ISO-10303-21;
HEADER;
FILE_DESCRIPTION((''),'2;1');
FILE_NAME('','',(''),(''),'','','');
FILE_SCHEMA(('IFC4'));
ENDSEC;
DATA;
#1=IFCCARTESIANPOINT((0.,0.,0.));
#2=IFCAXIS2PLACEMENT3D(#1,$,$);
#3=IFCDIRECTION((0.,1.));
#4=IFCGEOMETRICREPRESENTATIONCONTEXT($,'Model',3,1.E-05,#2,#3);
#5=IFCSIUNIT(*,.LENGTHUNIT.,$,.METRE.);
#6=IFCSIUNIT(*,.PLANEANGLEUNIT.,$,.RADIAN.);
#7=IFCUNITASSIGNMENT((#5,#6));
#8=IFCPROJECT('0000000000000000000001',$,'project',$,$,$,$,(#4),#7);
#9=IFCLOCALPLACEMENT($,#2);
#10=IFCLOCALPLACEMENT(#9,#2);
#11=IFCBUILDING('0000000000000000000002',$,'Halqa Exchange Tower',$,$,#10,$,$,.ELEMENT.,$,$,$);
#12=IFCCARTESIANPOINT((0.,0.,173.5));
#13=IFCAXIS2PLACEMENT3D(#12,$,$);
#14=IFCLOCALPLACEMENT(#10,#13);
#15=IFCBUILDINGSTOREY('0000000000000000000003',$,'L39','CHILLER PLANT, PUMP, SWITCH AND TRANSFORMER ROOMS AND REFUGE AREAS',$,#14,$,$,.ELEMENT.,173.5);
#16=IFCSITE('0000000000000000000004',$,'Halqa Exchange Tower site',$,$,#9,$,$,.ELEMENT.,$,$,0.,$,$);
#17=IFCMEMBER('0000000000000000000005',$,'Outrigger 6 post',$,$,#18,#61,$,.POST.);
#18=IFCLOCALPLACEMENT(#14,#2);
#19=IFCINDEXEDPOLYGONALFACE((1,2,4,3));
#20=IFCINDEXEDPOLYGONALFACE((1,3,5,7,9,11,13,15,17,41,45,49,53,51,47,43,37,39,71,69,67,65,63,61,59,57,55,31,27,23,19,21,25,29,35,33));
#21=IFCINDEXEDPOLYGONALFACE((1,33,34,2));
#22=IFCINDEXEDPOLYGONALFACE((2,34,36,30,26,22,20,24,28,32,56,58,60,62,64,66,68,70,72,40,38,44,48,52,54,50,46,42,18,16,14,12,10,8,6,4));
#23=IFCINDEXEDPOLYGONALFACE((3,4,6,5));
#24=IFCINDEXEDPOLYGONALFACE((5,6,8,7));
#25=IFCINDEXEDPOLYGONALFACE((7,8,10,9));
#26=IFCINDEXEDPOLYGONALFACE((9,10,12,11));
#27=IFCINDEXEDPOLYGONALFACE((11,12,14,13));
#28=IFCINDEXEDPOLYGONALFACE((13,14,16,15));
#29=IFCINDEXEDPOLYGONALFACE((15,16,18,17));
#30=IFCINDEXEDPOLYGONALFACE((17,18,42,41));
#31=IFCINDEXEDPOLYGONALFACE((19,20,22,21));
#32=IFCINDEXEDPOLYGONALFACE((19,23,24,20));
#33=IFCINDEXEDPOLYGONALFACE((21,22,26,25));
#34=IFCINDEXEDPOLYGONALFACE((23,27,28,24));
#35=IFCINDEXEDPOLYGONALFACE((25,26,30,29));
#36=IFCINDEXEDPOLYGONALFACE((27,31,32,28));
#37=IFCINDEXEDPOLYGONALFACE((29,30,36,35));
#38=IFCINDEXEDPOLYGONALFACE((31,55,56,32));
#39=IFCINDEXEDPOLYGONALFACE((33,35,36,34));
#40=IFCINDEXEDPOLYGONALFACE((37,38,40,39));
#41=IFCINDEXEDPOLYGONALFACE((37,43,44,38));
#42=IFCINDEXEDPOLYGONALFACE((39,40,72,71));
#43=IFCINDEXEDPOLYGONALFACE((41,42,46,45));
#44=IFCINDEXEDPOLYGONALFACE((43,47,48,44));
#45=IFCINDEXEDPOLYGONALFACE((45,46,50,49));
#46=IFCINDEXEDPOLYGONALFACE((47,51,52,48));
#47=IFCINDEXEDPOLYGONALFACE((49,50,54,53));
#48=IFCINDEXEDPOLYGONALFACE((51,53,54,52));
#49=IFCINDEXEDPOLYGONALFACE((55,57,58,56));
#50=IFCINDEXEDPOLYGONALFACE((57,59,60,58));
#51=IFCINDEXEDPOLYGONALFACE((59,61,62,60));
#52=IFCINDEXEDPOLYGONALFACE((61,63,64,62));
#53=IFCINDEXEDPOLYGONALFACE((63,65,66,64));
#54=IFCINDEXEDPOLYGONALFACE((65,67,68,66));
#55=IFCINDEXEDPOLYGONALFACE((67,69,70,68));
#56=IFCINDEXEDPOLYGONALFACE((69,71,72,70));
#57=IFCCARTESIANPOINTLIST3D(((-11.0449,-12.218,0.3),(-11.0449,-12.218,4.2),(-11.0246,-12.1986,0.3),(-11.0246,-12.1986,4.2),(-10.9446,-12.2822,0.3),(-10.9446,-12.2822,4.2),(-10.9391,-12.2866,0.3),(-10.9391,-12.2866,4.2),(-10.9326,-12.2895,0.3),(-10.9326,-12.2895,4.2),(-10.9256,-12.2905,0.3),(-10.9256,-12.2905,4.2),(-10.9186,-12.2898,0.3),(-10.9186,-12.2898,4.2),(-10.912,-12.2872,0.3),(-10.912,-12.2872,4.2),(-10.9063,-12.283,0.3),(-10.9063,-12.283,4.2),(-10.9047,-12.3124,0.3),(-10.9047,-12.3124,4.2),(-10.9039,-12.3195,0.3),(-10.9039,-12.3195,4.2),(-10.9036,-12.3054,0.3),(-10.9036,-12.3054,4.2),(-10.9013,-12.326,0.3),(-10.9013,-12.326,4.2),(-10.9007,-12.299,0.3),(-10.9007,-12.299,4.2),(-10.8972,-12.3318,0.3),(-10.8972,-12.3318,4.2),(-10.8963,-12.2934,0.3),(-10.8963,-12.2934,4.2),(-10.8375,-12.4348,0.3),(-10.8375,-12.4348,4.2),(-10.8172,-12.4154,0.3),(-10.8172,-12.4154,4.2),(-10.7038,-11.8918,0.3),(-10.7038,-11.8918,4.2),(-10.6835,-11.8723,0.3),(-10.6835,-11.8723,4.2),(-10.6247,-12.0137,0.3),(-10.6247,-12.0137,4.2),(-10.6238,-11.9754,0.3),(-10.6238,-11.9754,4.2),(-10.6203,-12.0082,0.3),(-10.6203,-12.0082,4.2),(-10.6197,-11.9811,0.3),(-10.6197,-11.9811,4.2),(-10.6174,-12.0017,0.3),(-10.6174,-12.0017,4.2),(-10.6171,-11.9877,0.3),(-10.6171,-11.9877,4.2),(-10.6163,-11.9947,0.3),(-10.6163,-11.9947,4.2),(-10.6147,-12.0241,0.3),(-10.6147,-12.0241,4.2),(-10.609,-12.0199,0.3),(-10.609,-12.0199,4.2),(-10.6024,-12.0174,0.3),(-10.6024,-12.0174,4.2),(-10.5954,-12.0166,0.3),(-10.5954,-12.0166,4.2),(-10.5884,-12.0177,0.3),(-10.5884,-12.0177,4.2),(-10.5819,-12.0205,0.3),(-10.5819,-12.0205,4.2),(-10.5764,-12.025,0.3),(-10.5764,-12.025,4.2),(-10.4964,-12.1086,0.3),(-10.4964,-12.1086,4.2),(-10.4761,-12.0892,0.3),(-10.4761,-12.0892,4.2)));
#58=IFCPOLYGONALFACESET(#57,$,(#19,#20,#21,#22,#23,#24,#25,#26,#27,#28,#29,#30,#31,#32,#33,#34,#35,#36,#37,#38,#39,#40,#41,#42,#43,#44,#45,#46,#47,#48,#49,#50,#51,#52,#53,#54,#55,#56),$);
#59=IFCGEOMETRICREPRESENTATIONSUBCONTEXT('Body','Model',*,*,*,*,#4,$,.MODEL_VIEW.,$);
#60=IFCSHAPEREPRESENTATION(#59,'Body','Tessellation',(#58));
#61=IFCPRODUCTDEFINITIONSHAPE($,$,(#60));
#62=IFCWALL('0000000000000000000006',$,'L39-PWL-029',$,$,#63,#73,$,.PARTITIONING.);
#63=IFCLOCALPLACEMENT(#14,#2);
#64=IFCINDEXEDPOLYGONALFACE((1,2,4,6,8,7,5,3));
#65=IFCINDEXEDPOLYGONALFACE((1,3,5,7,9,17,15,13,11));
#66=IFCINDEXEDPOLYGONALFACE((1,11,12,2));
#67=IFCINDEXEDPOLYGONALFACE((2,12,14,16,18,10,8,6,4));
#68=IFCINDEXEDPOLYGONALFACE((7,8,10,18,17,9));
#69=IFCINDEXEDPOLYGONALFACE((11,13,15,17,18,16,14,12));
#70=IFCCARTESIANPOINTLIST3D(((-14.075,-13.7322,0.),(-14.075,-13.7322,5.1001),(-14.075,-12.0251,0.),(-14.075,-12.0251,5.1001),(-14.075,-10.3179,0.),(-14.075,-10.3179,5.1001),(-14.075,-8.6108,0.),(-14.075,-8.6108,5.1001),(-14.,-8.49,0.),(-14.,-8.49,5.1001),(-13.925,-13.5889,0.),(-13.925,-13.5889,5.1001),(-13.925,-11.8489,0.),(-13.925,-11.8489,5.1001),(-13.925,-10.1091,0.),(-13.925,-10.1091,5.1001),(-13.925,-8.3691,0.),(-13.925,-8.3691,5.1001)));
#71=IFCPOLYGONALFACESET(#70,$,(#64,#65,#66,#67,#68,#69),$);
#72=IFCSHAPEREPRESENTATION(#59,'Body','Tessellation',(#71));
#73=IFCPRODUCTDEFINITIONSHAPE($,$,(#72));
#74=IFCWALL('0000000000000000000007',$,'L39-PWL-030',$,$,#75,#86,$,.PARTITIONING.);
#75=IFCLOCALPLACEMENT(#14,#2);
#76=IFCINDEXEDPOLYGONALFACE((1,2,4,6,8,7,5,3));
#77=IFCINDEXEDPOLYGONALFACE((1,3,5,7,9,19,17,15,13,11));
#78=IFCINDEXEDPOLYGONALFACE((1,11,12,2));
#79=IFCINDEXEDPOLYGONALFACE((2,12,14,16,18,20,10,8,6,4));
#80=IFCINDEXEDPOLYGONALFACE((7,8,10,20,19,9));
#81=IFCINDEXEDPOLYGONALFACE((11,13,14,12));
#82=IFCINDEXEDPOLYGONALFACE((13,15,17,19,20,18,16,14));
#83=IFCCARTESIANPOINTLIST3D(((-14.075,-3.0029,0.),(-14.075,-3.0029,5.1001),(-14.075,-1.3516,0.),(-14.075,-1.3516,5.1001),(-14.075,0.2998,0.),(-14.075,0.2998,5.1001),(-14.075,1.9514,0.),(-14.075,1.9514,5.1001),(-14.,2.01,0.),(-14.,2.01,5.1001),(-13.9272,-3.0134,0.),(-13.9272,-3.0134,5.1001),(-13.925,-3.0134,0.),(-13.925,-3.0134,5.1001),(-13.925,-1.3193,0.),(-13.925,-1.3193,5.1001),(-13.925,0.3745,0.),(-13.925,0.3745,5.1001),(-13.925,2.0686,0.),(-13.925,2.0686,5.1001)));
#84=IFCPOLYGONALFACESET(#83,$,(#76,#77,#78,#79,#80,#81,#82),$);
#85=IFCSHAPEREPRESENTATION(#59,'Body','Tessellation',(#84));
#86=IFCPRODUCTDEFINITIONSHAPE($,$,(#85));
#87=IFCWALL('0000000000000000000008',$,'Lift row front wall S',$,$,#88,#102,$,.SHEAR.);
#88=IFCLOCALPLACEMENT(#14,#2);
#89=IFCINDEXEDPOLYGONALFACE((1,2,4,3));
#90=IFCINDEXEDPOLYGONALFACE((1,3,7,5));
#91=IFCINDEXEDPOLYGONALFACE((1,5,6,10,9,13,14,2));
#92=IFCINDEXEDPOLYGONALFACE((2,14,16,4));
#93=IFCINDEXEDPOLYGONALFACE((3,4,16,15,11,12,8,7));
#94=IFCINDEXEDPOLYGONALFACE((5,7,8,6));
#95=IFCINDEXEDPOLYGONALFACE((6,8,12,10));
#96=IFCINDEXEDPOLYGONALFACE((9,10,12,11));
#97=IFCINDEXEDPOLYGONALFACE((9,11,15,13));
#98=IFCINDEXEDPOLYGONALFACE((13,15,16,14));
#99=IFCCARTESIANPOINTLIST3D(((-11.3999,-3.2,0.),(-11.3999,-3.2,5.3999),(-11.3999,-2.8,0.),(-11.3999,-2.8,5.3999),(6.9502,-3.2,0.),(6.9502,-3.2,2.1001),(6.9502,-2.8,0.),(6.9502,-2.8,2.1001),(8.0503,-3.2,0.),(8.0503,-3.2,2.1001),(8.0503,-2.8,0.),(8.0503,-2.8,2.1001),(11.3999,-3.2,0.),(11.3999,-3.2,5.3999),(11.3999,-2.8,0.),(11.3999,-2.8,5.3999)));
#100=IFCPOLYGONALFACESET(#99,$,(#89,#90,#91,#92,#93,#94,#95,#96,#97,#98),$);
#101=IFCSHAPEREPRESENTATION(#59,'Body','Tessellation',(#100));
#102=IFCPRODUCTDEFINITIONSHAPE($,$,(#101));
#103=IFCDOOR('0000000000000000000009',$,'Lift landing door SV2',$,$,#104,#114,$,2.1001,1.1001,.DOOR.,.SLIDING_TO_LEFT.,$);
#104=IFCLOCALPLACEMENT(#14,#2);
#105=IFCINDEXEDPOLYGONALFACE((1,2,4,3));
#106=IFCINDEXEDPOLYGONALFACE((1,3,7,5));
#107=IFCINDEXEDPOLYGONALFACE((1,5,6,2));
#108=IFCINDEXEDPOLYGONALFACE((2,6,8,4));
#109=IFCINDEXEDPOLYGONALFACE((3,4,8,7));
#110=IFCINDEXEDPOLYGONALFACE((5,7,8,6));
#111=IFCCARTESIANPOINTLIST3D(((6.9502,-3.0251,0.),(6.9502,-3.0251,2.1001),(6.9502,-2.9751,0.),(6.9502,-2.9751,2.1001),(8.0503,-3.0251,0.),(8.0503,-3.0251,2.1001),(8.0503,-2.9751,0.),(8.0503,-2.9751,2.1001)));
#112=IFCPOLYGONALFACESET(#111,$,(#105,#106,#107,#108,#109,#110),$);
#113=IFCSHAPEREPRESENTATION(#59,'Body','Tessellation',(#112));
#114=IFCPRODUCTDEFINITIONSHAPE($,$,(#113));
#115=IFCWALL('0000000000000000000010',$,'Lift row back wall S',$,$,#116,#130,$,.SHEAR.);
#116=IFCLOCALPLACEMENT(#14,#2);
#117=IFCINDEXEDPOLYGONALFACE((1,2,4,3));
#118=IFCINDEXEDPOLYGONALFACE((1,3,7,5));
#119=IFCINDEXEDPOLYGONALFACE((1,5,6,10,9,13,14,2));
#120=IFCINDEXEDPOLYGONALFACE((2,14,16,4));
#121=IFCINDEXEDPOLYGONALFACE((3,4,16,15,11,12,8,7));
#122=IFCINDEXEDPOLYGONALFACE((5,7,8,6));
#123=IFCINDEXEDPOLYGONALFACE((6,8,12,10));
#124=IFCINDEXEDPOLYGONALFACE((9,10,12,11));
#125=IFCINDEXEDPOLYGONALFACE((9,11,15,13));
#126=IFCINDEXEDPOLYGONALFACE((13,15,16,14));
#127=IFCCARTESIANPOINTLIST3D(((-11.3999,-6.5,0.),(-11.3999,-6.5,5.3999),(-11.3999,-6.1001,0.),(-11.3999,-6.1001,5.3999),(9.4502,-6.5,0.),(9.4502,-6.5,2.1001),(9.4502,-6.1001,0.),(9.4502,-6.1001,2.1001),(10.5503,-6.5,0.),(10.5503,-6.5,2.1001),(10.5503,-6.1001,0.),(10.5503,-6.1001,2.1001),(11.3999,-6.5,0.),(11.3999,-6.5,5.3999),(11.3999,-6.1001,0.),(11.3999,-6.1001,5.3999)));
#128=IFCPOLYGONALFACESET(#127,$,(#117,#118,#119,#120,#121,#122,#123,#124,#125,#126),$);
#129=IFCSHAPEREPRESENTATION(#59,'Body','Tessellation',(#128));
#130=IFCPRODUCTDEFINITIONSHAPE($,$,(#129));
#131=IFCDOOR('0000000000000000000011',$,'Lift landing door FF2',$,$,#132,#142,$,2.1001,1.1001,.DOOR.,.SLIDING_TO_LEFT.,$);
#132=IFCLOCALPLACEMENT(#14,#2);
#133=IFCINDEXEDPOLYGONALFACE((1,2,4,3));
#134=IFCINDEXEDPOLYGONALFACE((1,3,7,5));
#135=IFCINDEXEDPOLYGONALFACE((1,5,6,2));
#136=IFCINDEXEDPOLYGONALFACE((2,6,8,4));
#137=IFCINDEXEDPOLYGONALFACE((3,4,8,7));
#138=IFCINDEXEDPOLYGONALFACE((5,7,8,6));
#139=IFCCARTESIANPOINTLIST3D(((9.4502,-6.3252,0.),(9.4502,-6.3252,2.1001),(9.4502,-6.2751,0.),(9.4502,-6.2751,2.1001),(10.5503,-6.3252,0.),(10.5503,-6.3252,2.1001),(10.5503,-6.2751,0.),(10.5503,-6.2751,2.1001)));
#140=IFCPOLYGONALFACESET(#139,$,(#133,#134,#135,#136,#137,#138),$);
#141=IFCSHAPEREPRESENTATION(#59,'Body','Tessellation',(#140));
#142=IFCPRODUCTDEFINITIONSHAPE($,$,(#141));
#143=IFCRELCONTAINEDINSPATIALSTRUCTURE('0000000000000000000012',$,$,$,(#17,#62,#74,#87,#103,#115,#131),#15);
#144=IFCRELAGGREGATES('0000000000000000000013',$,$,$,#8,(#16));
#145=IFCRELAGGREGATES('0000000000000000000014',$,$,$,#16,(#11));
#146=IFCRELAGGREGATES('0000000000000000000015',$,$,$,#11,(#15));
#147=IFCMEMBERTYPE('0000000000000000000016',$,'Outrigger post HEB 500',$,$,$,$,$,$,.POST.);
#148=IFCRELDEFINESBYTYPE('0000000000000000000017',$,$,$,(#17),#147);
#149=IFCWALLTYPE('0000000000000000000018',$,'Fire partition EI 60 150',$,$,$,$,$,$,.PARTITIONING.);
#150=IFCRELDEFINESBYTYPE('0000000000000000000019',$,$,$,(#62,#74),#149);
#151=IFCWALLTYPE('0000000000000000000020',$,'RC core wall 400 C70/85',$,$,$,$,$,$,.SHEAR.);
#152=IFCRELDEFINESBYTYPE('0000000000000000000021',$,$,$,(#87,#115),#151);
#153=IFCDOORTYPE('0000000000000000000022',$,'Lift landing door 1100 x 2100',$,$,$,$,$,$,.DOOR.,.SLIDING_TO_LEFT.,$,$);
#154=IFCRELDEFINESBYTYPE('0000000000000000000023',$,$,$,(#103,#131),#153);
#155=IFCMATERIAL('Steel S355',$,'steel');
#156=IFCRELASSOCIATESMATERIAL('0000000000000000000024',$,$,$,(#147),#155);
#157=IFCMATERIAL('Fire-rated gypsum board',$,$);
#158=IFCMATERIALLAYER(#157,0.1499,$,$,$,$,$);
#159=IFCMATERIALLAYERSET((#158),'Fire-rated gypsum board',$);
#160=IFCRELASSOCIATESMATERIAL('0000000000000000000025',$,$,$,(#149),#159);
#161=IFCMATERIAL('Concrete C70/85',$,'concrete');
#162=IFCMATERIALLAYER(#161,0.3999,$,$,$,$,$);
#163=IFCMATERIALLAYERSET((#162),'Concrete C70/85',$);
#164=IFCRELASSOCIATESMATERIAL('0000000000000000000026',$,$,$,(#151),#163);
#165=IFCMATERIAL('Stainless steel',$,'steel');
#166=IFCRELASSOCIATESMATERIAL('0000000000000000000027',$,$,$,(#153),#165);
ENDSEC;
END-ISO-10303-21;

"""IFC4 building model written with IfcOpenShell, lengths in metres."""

from ifc_helpers import new_model, si_unit, direction, frame, frame_2d, origin, origin_2d, place, context, subcontext, project, spatial, polyline, rectangle, i_section, outline, extrude, material, layer, layer_set, material_profile, profile_set, type_object, element, fill, save


model = new_model("IFC4")

# Units and contexts
model_context = context("Model", 3, precision=1e-05, world=origin(), true_north=direction((0.0, 1.0)))
body_context = subcontext(model_context, "Body", "Model", "MODEL_VIEW")
ifc_project = project(units=[si_unit("LENGTHUNIT", "METRE"), si_unit("PLANEANGLEUNIT", "RADIAN")], contexts=[model_context])

# Site, building, storey
site_placement = place(None, origin())
site = spatial("IfcSite", under=ifc_project, at=site_placement, Name="Halqa Exchange Tower site", CompositionType="ELEMENT", RefElevation=0.0)
building_placement = place(site_placement, origin())
building = spatial("IfcBuilding", under=site, at=building_placement, Name="Halqa Exchange Tower", CompositionType="ELEMENT")
storey_placement = place(building_placement, frame((0.0, 0.0, 173.5)))
storey = spatial("IfcBuildingStorey", under=building, at=storey_placement, Name="L39", Description="CHILLER PLANT, PUMP, SWITCH AND TRANSFORMER ROOMS AND REFUGE AREAS", CompositionType="ELEMENT", Elevation=173.5)

# Shared definitions
ifc_material_1 = material(Name="Steel S355", Category="steel")

# Member
ifc_material_profile_1 = material_profile(ifc_material_1, i_section(OverallWidth=0.3, OverallDepth=0.5, WebThickness=0.0144, FlangeThickness=0.0281, FilletRadius=0.0271, at=origin_2d()), Name="HEB 500")
ifc_profile_set_1 = profile_set([ifc_material_profile_1], Name="Steel S355")
member_type_1 = type_object("IfcMemberType", Name="Outrigger post HEB 500", PredefinedType="POST", material=ifc_profile_set_1)
member_1_placement = place(storey_placement, frame((-10.7605, -12.1536, 0.3), z_axis=(0.0, 0.0, 1.0), x_axis=(0.691236, -0.722629, 0.0)))
element("IfcMember", 1, at=member_1_placement, inside=storey, type_object=member_type_1, Name="Outrigger 6 post", PredefinedType="POST", context=body_context, shape_type="SweptSolid", body=[
    extrude(i_section(OverallWidth=0.3, OverallDepth=0.5, WebThickness=0.0144, FlangeThickness=0.0281, FilletRadius=0.0271, at=origin_2d()), origin(), (0.0, 0.0, 1.0), 3.8999),
])

# Walls
ifc_material_2 = material(Name="Fire-rated gypsum board")
ifc_layer_1 = layer(ifc_material_2, 0.1499)
ifc_layer_set_1 = layer_set([ifc_layer_1], Name="Fire-rated gypsum board")
wall_type_1 = type_object("IfcWallType", Name="Fire partition EI 60 150", PredefinedType="PARTITIONING", material=ifc_layer_set_1)
wall_1_placement = place(storey_placement, frame((-14.0, -13.7324, 0.0), z_axis=(0.0, 0.0, 1.0), x_axis=(0.0, 1.0, 0.0)))
element("IfcWall", 2, at=wall_1_placement, inside=storey, type_object=wall_type_1, Name="L39-PWL-029", PredefinedType="PARTITIONING", context=body_context, shape_type="SweptSolid", body=[
    extrude(outline(polyline([(0.1436, -0.075), (1.8835, -0.075), (3.6233, -0.075), (5.3633, -0.075), (5.2424, 0.0), (5.1216, 0.075), (3.4146, 0.075), (1.7073, 0.075), (0.0002, 0.075), (0.1436, -0.075)])), origin(), (0.0, 0.0, 1.0), 5.1001),
])
wall_2_placement = place(storey_placement, frame((-14.0, -3.0134, 0.0), z_axis=(0.0, 0.0, 1.0), x_axis=(0.0, 1.0, 0.0)))
element("IfcWall", 3, at=wall_2_placement, inside=storey, type_object=wall_type_1, Name="L39-PWL-030", PredefinedType="PARTITIONING", context=body_context, shape_type="SweptSolid", body=[
    extrude(outline(polyline([(5.082, -0.075), (5.082, -0.075), (5.0234, 0.0), (4.9648, 0.075), (3.3132, 0.075), (1.6619, 0.075), (0.0105, 0.075), (0.0, -0.0728), (0.0, -0.075), (1.6941, -0.075), (3.3879, -0.075), (5.082, -0.075)])), origin(), (0.0, 0.0, 1.0), 5.1001),
])

# Walls, openings, doors
ifc_material_3 = material(Name="Concrete C70/85", Category="concrete")
ifc_layer_2 = layer(ifc_material_3, 0.3999)
ifc_layer_set_2 = layer_set([ifc_layer_2], Name="Concrete C70/85")
wall_type_2 = type_object("IfcWallType", Name="RC core wall 400 C70/85", PredefinedType="SHEAR", material=ifc_layer_set_2)
wall_3_placement = place(storey_placement, frame((-11.3999, -3.0, 0.0), z_axis=(0.0, 0.0, 1.0), x_axis=(1.0, 0.0, 0.0)))
wall_3 = element("IfcWall", 4, at=wall_3_placement, inside=storey, type_object=wall_type_2, Name="Lift row front wall S", PredefinedType="SHEAR", context=body_context, shape_type="SweptSolid", body=[
    extrude(rectangle(XDim=22.7998, YDim=0.3999, at=frame_2d((11.3999, 0.0))), origin(), (0.0, 0.0, 1.0), 5.3999),
])
opening_1_placement = place(wall_3_placement, frame((18.3501, 0.0, 0.0)))
opening_1 = element("IfcOpeningElement", 5, at=opening_1_placement, cuts=wall_3, PredefinedType="OPENING", context=body_context, shape_type="SweptSolid", body=[
    extrude(rectangle(XDim=1.1001, YDim=2.1001, at=frame_2d((0.55, 1.05))), frame((0.0, 0.2119, 0.0), z_axis=(0.0, -1.0, 0.0), x_axis=(1.0, 0.0, 0.0)), (0.0, 0.0, 1.0), 0.4238),
])
ifc_material_4 = material(Name="Stainless steel", Category="steel")
door_type_1 = type_object("IfcDoorType", Name="Lift landing door 1100 x 2100", OperationType="SLIDING_TO_LEFT", PredefinedType="DOOR", material=ifc_material_4)
door_1_placement = place(opening_1_placement, origin())
door_1 = element("IfcDoor", 6, at=door_1_placement, inside=storey, type_object=door_type_1, Name="Lift landing door SV2", OperationType="SLIDING_TO_LEFT", OverallHeight=2.1001, OverallWidth=1.1001, PredefinedType="DOOR", context=body_context, shape_type="SweptSolid", body=[
    extrude(rectangle(XDim=1.1001, YDim=2.1001, at=frame_2d((0.55, 1.05))), frame((0.0, 0.0249, 0.0), z_axis=(0.0, -1.0, 0.0), x_axis=(1.0, 0.0, 0.0)), (0.0, 0.0, 1.0), 0.05),
])
fill(opening_1, door_1)
wall_4_placement = place(storey_placement, frame((-11.3999, -6.3, 0.0), z_axis=(0.0, 0.0, 1.0), x_axis=(1.0, 0.0, 0.0)))
wall_4 = element("IfcWall", 7, at=wall_4_placement, inside=storey, type_object=wall_type_2, Name="Lift row back wall S", PredefinedType="SHEAR", context=body_context, shape_type="SweptSolid", body=[
    extrude(rectangle(XDim=22.7998, YDim=0.3999, at=frame_2d((11.3999, 0.0))), origin(), (0.0, 0.0, 1.0), 5.3999),
])
opening_2_placement = place(wall_4_placement, frame((20.8501, 0.0, 0.0)))
opening_2 = element("IfcOpeningElement", 8, at=opening_2_placement, cuts=wall_4, PredefinedType="OPENING", context=body_context, shape_type="SweptSolid", body=[
    extrude(rectangle(XDim=1.1001, YDim=2.1001, at=frame_2d((0.55, 1.05))), frame((0.0, 0.2119, 0.0), z_axis=(0.0, -1.0, 0.0), x_axis=(1.0, 0.0, 0.0)), (0.0, 0.0, 1.0), 0.4238),
])
door_2_placement = place(opening_2_placement, origin())
door_2 = element("IfcDoor", 9, at=door_2_placement, inside=storey, type_object=door_type_1, Name="Lift landing door FF2", OperationType="SLIDING_TO_LEFT", OverallHeight=2.1001, OverallWidth=1.1001, PredefinedType="DOOR", context=body_context, shape_type="SweptSolid", body=[
    extrude(rectangle(XDim=1.1001, YDim=2.1001, at=frame_2d((0.55, 1.05))), frame((0.0, 0.0249, 0.0), z_axis=(0.0, -1.0, 0.0), x_axis=(1.0, 0.0, 0.0)), (0.0, 0.0, 1.0), 0.05),
])
fill(opening_2, door_2)

save(model, "model.ifc")
